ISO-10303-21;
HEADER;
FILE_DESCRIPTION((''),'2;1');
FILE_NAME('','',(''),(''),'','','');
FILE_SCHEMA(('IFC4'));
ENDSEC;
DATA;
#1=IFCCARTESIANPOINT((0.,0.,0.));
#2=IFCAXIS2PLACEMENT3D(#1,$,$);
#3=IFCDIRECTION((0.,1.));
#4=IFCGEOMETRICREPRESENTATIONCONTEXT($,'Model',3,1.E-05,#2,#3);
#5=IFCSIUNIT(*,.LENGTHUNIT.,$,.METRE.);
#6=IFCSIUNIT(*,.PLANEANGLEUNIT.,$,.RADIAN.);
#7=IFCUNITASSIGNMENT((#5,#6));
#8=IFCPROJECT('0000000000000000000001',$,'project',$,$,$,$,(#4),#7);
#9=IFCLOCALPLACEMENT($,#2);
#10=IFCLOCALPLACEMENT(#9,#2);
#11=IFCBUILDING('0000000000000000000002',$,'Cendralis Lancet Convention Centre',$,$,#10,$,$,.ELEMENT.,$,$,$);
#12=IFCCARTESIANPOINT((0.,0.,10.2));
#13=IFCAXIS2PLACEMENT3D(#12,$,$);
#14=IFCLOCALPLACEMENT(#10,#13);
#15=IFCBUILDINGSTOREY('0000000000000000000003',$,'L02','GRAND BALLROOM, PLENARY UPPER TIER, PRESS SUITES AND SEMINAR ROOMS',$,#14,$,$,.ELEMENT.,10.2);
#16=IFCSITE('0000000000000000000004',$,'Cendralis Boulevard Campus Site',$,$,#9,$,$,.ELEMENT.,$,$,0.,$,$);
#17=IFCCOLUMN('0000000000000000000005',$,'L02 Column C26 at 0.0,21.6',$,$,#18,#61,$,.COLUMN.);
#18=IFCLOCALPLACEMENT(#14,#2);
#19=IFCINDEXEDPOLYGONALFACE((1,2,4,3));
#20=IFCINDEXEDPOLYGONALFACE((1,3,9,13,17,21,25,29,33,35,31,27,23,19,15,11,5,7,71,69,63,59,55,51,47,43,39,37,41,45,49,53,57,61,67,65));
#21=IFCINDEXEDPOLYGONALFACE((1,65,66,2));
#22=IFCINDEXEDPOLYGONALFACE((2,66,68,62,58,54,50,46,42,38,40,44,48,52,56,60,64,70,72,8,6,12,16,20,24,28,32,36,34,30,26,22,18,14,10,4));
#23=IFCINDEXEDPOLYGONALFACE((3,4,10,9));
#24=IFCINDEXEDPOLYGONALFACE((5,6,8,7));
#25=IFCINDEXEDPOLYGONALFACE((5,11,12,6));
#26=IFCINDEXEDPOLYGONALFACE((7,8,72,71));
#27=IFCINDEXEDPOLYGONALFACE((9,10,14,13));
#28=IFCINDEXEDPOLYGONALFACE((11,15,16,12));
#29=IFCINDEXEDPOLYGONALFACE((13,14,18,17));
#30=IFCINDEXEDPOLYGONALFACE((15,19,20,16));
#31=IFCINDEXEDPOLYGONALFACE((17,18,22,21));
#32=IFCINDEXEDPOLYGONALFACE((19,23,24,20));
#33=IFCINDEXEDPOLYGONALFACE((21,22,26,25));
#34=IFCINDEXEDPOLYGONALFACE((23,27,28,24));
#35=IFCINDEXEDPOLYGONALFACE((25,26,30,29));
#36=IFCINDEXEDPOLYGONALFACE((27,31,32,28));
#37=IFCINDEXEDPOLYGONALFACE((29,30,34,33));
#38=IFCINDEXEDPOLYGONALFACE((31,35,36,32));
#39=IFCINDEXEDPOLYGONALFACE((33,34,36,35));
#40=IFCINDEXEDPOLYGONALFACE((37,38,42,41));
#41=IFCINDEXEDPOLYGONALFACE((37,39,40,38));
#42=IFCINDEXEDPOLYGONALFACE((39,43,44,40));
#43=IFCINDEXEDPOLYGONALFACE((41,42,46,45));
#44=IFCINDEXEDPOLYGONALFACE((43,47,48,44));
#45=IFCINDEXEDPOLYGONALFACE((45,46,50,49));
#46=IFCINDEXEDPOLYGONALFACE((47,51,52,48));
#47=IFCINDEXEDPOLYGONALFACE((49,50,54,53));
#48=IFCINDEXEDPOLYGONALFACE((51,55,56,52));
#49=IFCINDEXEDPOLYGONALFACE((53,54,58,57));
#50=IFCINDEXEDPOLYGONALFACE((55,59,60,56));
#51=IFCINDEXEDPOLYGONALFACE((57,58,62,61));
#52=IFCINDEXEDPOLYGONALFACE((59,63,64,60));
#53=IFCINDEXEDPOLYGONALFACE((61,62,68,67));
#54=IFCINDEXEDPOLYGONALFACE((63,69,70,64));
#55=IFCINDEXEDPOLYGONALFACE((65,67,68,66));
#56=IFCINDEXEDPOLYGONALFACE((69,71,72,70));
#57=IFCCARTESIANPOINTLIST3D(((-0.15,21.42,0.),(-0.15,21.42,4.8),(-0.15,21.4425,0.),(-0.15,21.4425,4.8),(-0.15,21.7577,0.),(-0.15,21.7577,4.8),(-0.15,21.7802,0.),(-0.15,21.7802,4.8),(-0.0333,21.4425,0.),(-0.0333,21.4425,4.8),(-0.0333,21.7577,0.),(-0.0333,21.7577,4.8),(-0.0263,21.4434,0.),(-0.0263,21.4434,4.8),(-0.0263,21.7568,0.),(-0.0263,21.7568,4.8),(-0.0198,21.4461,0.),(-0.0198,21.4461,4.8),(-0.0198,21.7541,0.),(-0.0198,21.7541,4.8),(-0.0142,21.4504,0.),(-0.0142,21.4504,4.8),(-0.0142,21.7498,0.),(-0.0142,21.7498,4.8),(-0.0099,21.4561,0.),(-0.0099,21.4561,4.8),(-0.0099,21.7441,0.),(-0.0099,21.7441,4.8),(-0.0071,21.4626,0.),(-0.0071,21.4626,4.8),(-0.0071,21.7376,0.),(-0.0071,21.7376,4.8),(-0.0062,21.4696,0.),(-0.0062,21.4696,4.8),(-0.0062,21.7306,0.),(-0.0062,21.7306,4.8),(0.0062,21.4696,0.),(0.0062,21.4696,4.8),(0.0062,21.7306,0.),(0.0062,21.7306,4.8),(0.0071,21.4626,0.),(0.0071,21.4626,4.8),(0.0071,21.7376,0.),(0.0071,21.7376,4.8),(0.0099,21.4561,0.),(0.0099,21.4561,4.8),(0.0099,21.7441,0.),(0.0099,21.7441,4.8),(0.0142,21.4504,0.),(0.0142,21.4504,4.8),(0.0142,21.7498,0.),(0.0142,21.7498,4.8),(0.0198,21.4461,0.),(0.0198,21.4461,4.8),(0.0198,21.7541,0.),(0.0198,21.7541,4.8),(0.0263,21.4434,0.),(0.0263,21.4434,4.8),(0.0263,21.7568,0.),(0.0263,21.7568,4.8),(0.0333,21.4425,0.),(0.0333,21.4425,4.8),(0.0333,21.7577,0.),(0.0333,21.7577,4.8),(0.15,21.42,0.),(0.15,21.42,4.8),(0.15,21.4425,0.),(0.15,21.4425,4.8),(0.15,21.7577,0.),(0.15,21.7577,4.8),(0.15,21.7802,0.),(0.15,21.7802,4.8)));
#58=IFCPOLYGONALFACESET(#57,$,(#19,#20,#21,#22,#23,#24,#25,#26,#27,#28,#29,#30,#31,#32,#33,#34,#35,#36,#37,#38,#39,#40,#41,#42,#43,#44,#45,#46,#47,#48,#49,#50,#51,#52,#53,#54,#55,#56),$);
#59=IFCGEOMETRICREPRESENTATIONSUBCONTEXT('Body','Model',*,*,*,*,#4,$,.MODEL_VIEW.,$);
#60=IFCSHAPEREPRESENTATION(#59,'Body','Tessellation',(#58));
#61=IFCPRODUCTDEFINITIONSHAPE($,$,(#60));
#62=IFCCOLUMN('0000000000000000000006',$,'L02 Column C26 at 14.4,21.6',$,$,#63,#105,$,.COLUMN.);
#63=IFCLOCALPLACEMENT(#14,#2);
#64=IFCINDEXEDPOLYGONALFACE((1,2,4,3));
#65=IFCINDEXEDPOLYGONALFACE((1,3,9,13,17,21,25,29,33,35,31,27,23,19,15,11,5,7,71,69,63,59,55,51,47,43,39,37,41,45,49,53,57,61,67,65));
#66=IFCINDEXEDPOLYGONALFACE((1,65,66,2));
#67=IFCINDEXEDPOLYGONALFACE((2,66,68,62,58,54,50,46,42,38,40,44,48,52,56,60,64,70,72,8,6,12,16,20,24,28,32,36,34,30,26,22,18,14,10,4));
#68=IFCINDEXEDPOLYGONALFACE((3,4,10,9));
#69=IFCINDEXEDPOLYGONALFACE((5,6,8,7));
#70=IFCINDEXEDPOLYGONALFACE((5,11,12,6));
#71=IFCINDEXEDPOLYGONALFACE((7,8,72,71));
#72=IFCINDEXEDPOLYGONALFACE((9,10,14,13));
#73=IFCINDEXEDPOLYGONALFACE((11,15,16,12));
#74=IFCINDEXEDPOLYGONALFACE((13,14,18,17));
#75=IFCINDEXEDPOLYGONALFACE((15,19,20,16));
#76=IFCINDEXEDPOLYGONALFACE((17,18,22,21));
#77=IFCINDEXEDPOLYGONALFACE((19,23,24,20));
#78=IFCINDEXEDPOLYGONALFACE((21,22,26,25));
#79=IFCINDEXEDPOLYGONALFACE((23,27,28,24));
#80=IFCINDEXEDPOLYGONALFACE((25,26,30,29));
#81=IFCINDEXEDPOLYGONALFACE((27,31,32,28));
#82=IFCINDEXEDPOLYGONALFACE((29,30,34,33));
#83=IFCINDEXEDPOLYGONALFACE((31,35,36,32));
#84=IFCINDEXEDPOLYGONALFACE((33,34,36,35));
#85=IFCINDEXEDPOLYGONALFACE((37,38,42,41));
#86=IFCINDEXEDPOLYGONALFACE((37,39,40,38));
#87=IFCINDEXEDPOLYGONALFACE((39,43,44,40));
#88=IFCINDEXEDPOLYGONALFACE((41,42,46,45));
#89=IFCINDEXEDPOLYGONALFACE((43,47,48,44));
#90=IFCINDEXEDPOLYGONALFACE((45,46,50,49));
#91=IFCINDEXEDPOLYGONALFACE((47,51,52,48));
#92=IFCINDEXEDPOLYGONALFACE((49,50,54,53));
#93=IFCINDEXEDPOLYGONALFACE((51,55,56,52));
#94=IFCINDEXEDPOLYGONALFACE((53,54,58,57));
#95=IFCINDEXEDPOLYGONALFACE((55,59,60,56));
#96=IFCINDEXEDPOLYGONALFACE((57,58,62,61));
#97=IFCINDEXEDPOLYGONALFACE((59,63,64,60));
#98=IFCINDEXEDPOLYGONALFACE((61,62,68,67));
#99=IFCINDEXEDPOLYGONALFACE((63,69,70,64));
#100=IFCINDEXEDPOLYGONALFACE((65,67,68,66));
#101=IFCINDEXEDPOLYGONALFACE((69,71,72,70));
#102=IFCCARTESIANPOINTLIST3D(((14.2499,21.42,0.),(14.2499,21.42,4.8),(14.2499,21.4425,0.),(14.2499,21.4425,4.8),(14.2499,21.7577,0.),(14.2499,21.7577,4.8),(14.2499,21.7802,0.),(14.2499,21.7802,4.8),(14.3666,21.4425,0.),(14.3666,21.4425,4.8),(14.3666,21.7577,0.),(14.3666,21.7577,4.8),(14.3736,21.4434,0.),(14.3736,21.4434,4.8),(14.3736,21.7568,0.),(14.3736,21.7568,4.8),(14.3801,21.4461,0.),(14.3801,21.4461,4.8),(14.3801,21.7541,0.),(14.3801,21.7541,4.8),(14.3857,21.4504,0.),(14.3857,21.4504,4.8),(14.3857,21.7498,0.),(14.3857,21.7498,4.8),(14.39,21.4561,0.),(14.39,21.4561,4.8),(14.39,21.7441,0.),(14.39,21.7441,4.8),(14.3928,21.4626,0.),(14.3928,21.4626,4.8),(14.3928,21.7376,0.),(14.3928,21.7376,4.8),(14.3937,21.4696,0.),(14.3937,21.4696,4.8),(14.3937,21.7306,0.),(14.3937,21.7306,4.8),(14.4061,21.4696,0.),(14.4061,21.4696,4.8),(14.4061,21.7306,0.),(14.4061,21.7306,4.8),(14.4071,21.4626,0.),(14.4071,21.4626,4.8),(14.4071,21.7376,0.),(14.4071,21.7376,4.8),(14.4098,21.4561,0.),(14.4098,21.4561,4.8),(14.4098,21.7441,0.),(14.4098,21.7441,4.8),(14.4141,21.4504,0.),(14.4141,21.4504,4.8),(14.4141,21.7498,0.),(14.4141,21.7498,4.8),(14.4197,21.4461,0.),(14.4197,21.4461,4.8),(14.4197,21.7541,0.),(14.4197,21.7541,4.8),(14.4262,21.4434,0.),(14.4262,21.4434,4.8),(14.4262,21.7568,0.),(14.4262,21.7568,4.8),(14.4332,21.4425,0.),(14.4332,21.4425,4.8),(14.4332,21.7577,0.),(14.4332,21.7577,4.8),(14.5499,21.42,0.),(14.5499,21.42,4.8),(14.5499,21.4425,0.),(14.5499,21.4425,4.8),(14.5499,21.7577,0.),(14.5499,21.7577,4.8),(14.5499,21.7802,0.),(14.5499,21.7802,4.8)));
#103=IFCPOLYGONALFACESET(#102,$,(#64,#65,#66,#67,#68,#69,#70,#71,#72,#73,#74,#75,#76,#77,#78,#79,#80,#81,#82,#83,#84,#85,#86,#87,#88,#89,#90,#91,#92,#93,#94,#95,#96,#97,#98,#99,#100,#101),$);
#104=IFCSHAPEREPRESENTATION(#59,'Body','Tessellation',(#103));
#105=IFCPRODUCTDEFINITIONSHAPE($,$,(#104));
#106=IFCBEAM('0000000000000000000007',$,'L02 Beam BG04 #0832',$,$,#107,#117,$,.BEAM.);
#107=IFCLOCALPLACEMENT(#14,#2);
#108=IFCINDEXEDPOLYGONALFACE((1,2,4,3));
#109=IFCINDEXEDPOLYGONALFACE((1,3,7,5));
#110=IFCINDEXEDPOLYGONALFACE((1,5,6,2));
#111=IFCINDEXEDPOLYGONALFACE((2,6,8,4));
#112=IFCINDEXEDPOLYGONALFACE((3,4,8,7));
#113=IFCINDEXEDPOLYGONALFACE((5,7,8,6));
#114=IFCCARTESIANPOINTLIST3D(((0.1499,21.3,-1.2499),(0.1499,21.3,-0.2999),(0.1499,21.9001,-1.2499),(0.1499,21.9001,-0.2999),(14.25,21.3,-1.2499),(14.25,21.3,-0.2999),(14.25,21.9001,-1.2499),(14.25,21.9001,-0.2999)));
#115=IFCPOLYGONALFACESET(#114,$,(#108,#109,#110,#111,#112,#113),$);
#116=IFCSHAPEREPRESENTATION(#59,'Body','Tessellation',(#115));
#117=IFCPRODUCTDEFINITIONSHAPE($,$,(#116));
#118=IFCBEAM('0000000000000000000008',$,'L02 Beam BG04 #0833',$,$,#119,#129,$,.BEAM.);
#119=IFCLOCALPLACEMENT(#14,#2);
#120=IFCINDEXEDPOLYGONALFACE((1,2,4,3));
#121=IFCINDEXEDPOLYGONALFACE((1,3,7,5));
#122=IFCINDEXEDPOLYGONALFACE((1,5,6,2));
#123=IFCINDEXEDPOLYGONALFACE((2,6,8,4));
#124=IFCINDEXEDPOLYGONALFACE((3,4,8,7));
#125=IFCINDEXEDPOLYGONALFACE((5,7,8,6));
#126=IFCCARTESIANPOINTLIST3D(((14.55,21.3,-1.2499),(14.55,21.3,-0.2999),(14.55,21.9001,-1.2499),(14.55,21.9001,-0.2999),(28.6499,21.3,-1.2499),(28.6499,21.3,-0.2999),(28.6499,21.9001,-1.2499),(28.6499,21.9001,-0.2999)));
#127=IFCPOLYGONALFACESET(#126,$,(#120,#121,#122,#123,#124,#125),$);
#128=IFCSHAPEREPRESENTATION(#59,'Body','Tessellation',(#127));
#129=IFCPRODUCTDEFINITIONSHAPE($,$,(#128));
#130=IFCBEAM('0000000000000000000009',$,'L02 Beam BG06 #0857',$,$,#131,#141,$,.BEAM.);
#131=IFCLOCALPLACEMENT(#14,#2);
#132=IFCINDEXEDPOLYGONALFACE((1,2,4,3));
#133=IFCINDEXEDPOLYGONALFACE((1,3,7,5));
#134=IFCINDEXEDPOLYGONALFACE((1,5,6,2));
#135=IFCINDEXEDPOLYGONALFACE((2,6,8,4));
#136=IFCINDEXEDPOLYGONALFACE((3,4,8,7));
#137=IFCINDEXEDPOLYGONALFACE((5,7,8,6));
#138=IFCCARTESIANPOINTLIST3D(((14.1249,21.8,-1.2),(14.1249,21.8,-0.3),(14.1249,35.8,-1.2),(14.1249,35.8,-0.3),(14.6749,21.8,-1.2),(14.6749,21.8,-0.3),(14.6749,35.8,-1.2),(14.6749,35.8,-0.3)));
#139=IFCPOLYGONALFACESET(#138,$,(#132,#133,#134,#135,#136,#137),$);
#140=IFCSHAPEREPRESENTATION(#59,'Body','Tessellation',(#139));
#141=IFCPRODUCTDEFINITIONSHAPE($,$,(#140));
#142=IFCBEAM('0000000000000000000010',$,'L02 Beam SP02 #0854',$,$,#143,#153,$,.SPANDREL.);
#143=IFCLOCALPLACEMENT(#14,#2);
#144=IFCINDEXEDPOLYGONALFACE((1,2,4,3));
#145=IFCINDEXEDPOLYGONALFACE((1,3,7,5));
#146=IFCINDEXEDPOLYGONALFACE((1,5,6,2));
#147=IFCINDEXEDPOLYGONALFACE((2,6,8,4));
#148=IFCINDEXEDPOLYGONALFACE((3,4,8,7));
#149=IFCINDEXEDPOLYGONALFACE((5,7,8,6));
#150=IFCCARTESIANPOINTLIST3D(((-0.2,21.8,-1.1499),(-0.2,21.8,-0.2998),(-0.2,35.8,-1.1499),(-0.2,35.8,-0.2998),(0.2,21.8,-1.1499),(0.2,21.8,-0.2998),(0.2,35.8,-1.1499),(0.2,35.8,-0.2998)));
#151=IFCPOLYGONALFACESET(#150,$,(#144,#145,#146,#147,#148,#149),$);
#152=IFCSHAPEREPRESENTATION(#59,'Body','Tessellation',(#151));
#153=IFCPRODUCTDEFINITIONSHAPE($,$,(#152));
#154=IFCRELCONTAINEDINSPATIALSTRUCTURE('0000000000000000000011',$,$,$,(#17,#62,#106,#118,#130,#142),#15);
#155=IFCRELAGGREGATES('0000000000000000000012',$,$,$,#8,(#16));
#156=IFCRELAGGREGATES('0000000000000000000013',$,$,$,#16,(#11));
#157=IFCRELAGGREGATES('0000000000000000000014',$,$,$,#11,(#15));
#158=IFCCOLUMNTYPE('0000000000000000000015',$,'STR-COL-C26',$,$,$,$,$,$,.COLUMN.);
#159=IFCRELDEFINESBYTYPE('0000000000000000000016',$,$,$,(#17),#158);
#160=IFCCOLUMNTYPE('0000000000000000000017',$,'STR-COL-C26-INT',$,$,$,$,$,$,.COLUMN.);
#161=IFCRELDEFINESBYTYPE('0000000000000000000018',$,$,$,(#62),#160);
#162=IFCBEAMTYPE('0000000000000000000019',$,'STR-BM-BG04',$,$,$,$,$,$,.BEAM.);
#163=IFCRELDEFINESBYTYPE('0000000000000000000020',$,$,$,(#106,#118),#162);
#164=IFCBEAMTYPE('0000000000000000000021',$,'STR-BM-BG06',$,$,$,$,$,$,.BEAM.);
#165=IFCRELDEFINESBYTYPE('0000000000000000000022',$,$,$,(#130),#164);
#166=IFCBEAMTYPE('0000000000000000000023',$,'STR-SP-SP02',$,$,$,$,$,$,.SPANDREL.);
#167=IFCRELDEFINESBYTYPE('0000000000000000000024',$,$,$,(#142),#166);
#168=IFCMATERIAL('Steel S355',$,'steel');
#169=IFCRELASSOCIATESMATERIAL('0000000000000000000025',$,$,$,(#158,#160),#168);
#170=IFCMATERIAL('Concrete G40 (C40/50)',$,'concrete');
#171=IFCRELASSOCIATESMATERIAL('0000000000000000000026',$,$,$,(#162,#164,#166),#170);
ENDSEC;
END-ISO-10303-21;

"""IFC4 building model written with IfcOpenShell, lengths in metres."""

from ifc_helpers import new_model, si_unit, direction, frame, origin, origin_2d, place, context, subcontext, project, spatial, rectangle, i_section, extrude, material, material_profile, profile_set, type_object, element, save


model = new_model("IFC4")

# Units and contexts
model_context = context("Model", 3, precision=1e-05, world=origin(), true_north=direction((0.0, 1.0)))
body_context = subcontext(model_context, "Body", "Model", "MODEL_VIEW")
ifc_project = project(units=[si_unit("LENGTHUNIT", "METRE"), si_unit("PLANEANGLEUNIT", "RADIAN")], contexts=[model_context])

# Site, building, storey
site_placement = place(None, origin())
site = spatial("IfcSite", under=ifc_project, at=site_placement, Name="Cendralis Boulevard Campus Site", CompositionType="ELEMENT", RefElevation=0.0)
building_placement = place(site_placement, origin())
building = spatial("IfcBuilding", under=site, at=building_placement, Name="Cendralis Lancet Convention Centre", CompositionType="ELEMENT")
storey_placement = place(building_placement, frame((0.0, 0.0, 10.2)))
storey = spatial("IfcBuildingStorey", under=building, at=storey_placement, Name="L02", Description="GRAND BALLROOM, PLENARY UPPER TIER, PRESS SUITES AND SEMINAR ROOMS", CompositionType="ELEMENT", Elevation=10.2)

# Columns
ifc_material_1 = material(Name="Steel S355", Category="steel")
ifc_material_profile_1 = material_profile(ifc_material_1, i_section(OverallWidth=0.3, OverallDepth=0.3601, WebThickness=0.0125, FlangeThickness=0.0225, FilletRadius=0.0271, at=origin_2d()), Name="HEB 360")
ifc_profile_set_1 = profile_set([ifc_material_profile_1], Name="Steel S355")
column_type_1 = type_object("IfcColumnType", Name="STR-COL-C26", PredefinedType="COLUMN", material=ifc_profile_set_1)
column_1_placement = place(storey_placement, frame((0.0, 21.6001, 0.0), z_axis=(0.0, 0.0, 1.0), x_axis=(1.0, 0.0, 0.0)))
element("IfcColumn", 1, at=column_1_placement, inside=storey, type_object=column_type_1, Name="L02 Column C26 at 0.0,21.6", PredefinedType="COLUMN", context=body_context, shape_type="SweptSolid", body=[
    extrude(i_section(OverallWidth=0.3, OverallDepth=0.3601, WebThickness=0.0125, FlangeThickness=0.0225, FilletRadius=0.0271, at=origin_2d()), origin(), (0.0, 0.0, 1.0), 4.8),
])
ifc_material_profile_2 = material_profile(ifc_material_1, i_section(OverallWidth=0.3, OverallDepth=0.3601, WebThickness=0.0125, FlangeThickness=0.0225, FilletRadius=0.0271, at=origin_2d()), Name="HEB 360")
ifc_profile_set_2 = profile_set([ifc_material_profile_2], Name="Steel S355")
column_type_2 = type_object("IfcColumnType", Name="STR-COL-C26-INT", PredefinedType="COLUMN", material=ifc_profile_set_2)
column_2_placement = place(storey_placement, frame((14.3999, 21.6001, 0.0), z_axis=(0.0, 0.0, 1.0), x_axis=(1.0, 0.0, 0.0)))
element("IfcColumn", 2, at=column_2_placement, inside=storey, type_object=column_type_2, Name="L02 Column C26 at 14.4,21.6", PredefinedType="COLUMN", context=body_context, shape_type="SweptSolid", body=[
    extrude(i_section(OverallWidth=0.3, OverallDepth=0.3601, WebThickness=0.0125, FlangeThickness=0.0225, FilletRadius=0.0271, at=origin_2d()), origin(), (0.0, 0.0, 1.0), 4.8),
])

# Beams
ifc_material_2 = material(Name="Concrete G40 (C40/50)", Category="concrete")
ifc_material_profile_3 = material_profile(ifc_material_2, rectangle(XDim=0.6001, YDim=0.95, at=origin_2d()), Name="RCB 600x950")
ifc_profile_set_3 = profile_set([ifc_material_profile_3], Name="Concrete G40 (C40/50)")
beam_type_1 = type_object("IfcBeamType", Name="STR-BM-BG04", PredefinedType="BEAM", material=ifc_profile_set_3)
beam_1_placement = place(storey_placement, frame((0.1499, 21.6001, -0.7749), z_axis=(1.0, 0.0, 0.0), x_axis=(0.0, 1.0, 0.0)))
element("IfcBeam", 3, at=beam_1_placement, inside=storey, type_object=beam_type_1, Name="L02 Beam BG04 #0832", PredefinedType="BEAM", context=body_context, shape_type="SweptSolid", body=[
    extrude(rectangle(XDim=0.6001, YDim=0.95, at=origin_2d()), origin(), (0.0, 0.0, 1.0), 14.1001),
])
beam_2_placement = place(storey_placement, frame((14.55, 21.6001, -0.7749), z_axis=(1.0, 0.0, 0.0), x_axis=(0.0, 1.0, 0.0)))
element("IfcBeam", 4, at=beam_2_placement, inside=storey, type_object=beam_type_1, Name="L02 Beam BG04 #0833", PredefinedType="BEAM", context=body_context, shape_type="SweptSolid", body=[
    extrude(rectangle(XDim=0.6001, YDim=0.95, at=origin_2d()), origin(), (0.0, 0.0, 1.0), 14.0999),
])
ifc_material_profile_4 = material_profile(ifc_material_2, rectangle(XDim=0.55, YDim=0.8999, at=origin_2d()), Name="RCB 550x900")
ifc_profile_set_4 = profile_set([ifc_material_profile_4], Name="Concrete G40 (C40/50)")
beam_type_2 = type_object("IfcBeamType", Name="STR-BM-BG06", PredefinedType="BEAM", material=ifc_profile_set_4)
beam_3_placement = place(storey_placement, frame((14.3999, 21.8, -0.75), z_axis=(0.0, 1.0, 0.0), x_axis=(-1.0, 0.0, 0.0)))
element("IfcBeam", 5, at=beam_3_placement, inside=storey, type_object=beam_type_2, Name="L02 Beam BG06 #0857", PredefinedType="BEAM", context=body_context, shape_type="SweptSolid", body=[
    extrude(rectangle(XDim=0.55, YDim=0.8999, at=origin_2d()), origin(), (0.0, 0.0, 1.0), 14.0),
])
ifc_material_profile_5 = material_profile(ifc_material_2, rectangle(XDim=0.3999, YDim=0.8501, at=origin_2d()), Name="RCB 400x850")
ifc_profile_set_5 = profile_set([ifc_material_profile_5], Name="Concrete G40 (C40/50)")
beam_type_3 = type_object("IfcBeamType", Name="STR-SP-SP02", PredefinedType="SPANDREL", material=ifc_profile_set_5)
beam_4_placement = place(storey_placement, frame((0.0, 21.8, -0.7249), z_axis=(0.0, 1.0, 0.0), x_axis=(-1.0, 0.0, 0.0)))
element("IfcBeam", 6, at=beam_4_placement, inside=storey, type_object=beam_type_3, Name="L02 Beam SP02 #0854", PredefinedType="SPANDREL", context=body_context, shape_type="SweptSolid", body=[
    extrude(rectangle(XDim=0.3999, YDim=0.8501, at=origin_2d()), origin(), (0.0, 0.0, 1.0), 14.0),
])

save(model, "model.ifc")
